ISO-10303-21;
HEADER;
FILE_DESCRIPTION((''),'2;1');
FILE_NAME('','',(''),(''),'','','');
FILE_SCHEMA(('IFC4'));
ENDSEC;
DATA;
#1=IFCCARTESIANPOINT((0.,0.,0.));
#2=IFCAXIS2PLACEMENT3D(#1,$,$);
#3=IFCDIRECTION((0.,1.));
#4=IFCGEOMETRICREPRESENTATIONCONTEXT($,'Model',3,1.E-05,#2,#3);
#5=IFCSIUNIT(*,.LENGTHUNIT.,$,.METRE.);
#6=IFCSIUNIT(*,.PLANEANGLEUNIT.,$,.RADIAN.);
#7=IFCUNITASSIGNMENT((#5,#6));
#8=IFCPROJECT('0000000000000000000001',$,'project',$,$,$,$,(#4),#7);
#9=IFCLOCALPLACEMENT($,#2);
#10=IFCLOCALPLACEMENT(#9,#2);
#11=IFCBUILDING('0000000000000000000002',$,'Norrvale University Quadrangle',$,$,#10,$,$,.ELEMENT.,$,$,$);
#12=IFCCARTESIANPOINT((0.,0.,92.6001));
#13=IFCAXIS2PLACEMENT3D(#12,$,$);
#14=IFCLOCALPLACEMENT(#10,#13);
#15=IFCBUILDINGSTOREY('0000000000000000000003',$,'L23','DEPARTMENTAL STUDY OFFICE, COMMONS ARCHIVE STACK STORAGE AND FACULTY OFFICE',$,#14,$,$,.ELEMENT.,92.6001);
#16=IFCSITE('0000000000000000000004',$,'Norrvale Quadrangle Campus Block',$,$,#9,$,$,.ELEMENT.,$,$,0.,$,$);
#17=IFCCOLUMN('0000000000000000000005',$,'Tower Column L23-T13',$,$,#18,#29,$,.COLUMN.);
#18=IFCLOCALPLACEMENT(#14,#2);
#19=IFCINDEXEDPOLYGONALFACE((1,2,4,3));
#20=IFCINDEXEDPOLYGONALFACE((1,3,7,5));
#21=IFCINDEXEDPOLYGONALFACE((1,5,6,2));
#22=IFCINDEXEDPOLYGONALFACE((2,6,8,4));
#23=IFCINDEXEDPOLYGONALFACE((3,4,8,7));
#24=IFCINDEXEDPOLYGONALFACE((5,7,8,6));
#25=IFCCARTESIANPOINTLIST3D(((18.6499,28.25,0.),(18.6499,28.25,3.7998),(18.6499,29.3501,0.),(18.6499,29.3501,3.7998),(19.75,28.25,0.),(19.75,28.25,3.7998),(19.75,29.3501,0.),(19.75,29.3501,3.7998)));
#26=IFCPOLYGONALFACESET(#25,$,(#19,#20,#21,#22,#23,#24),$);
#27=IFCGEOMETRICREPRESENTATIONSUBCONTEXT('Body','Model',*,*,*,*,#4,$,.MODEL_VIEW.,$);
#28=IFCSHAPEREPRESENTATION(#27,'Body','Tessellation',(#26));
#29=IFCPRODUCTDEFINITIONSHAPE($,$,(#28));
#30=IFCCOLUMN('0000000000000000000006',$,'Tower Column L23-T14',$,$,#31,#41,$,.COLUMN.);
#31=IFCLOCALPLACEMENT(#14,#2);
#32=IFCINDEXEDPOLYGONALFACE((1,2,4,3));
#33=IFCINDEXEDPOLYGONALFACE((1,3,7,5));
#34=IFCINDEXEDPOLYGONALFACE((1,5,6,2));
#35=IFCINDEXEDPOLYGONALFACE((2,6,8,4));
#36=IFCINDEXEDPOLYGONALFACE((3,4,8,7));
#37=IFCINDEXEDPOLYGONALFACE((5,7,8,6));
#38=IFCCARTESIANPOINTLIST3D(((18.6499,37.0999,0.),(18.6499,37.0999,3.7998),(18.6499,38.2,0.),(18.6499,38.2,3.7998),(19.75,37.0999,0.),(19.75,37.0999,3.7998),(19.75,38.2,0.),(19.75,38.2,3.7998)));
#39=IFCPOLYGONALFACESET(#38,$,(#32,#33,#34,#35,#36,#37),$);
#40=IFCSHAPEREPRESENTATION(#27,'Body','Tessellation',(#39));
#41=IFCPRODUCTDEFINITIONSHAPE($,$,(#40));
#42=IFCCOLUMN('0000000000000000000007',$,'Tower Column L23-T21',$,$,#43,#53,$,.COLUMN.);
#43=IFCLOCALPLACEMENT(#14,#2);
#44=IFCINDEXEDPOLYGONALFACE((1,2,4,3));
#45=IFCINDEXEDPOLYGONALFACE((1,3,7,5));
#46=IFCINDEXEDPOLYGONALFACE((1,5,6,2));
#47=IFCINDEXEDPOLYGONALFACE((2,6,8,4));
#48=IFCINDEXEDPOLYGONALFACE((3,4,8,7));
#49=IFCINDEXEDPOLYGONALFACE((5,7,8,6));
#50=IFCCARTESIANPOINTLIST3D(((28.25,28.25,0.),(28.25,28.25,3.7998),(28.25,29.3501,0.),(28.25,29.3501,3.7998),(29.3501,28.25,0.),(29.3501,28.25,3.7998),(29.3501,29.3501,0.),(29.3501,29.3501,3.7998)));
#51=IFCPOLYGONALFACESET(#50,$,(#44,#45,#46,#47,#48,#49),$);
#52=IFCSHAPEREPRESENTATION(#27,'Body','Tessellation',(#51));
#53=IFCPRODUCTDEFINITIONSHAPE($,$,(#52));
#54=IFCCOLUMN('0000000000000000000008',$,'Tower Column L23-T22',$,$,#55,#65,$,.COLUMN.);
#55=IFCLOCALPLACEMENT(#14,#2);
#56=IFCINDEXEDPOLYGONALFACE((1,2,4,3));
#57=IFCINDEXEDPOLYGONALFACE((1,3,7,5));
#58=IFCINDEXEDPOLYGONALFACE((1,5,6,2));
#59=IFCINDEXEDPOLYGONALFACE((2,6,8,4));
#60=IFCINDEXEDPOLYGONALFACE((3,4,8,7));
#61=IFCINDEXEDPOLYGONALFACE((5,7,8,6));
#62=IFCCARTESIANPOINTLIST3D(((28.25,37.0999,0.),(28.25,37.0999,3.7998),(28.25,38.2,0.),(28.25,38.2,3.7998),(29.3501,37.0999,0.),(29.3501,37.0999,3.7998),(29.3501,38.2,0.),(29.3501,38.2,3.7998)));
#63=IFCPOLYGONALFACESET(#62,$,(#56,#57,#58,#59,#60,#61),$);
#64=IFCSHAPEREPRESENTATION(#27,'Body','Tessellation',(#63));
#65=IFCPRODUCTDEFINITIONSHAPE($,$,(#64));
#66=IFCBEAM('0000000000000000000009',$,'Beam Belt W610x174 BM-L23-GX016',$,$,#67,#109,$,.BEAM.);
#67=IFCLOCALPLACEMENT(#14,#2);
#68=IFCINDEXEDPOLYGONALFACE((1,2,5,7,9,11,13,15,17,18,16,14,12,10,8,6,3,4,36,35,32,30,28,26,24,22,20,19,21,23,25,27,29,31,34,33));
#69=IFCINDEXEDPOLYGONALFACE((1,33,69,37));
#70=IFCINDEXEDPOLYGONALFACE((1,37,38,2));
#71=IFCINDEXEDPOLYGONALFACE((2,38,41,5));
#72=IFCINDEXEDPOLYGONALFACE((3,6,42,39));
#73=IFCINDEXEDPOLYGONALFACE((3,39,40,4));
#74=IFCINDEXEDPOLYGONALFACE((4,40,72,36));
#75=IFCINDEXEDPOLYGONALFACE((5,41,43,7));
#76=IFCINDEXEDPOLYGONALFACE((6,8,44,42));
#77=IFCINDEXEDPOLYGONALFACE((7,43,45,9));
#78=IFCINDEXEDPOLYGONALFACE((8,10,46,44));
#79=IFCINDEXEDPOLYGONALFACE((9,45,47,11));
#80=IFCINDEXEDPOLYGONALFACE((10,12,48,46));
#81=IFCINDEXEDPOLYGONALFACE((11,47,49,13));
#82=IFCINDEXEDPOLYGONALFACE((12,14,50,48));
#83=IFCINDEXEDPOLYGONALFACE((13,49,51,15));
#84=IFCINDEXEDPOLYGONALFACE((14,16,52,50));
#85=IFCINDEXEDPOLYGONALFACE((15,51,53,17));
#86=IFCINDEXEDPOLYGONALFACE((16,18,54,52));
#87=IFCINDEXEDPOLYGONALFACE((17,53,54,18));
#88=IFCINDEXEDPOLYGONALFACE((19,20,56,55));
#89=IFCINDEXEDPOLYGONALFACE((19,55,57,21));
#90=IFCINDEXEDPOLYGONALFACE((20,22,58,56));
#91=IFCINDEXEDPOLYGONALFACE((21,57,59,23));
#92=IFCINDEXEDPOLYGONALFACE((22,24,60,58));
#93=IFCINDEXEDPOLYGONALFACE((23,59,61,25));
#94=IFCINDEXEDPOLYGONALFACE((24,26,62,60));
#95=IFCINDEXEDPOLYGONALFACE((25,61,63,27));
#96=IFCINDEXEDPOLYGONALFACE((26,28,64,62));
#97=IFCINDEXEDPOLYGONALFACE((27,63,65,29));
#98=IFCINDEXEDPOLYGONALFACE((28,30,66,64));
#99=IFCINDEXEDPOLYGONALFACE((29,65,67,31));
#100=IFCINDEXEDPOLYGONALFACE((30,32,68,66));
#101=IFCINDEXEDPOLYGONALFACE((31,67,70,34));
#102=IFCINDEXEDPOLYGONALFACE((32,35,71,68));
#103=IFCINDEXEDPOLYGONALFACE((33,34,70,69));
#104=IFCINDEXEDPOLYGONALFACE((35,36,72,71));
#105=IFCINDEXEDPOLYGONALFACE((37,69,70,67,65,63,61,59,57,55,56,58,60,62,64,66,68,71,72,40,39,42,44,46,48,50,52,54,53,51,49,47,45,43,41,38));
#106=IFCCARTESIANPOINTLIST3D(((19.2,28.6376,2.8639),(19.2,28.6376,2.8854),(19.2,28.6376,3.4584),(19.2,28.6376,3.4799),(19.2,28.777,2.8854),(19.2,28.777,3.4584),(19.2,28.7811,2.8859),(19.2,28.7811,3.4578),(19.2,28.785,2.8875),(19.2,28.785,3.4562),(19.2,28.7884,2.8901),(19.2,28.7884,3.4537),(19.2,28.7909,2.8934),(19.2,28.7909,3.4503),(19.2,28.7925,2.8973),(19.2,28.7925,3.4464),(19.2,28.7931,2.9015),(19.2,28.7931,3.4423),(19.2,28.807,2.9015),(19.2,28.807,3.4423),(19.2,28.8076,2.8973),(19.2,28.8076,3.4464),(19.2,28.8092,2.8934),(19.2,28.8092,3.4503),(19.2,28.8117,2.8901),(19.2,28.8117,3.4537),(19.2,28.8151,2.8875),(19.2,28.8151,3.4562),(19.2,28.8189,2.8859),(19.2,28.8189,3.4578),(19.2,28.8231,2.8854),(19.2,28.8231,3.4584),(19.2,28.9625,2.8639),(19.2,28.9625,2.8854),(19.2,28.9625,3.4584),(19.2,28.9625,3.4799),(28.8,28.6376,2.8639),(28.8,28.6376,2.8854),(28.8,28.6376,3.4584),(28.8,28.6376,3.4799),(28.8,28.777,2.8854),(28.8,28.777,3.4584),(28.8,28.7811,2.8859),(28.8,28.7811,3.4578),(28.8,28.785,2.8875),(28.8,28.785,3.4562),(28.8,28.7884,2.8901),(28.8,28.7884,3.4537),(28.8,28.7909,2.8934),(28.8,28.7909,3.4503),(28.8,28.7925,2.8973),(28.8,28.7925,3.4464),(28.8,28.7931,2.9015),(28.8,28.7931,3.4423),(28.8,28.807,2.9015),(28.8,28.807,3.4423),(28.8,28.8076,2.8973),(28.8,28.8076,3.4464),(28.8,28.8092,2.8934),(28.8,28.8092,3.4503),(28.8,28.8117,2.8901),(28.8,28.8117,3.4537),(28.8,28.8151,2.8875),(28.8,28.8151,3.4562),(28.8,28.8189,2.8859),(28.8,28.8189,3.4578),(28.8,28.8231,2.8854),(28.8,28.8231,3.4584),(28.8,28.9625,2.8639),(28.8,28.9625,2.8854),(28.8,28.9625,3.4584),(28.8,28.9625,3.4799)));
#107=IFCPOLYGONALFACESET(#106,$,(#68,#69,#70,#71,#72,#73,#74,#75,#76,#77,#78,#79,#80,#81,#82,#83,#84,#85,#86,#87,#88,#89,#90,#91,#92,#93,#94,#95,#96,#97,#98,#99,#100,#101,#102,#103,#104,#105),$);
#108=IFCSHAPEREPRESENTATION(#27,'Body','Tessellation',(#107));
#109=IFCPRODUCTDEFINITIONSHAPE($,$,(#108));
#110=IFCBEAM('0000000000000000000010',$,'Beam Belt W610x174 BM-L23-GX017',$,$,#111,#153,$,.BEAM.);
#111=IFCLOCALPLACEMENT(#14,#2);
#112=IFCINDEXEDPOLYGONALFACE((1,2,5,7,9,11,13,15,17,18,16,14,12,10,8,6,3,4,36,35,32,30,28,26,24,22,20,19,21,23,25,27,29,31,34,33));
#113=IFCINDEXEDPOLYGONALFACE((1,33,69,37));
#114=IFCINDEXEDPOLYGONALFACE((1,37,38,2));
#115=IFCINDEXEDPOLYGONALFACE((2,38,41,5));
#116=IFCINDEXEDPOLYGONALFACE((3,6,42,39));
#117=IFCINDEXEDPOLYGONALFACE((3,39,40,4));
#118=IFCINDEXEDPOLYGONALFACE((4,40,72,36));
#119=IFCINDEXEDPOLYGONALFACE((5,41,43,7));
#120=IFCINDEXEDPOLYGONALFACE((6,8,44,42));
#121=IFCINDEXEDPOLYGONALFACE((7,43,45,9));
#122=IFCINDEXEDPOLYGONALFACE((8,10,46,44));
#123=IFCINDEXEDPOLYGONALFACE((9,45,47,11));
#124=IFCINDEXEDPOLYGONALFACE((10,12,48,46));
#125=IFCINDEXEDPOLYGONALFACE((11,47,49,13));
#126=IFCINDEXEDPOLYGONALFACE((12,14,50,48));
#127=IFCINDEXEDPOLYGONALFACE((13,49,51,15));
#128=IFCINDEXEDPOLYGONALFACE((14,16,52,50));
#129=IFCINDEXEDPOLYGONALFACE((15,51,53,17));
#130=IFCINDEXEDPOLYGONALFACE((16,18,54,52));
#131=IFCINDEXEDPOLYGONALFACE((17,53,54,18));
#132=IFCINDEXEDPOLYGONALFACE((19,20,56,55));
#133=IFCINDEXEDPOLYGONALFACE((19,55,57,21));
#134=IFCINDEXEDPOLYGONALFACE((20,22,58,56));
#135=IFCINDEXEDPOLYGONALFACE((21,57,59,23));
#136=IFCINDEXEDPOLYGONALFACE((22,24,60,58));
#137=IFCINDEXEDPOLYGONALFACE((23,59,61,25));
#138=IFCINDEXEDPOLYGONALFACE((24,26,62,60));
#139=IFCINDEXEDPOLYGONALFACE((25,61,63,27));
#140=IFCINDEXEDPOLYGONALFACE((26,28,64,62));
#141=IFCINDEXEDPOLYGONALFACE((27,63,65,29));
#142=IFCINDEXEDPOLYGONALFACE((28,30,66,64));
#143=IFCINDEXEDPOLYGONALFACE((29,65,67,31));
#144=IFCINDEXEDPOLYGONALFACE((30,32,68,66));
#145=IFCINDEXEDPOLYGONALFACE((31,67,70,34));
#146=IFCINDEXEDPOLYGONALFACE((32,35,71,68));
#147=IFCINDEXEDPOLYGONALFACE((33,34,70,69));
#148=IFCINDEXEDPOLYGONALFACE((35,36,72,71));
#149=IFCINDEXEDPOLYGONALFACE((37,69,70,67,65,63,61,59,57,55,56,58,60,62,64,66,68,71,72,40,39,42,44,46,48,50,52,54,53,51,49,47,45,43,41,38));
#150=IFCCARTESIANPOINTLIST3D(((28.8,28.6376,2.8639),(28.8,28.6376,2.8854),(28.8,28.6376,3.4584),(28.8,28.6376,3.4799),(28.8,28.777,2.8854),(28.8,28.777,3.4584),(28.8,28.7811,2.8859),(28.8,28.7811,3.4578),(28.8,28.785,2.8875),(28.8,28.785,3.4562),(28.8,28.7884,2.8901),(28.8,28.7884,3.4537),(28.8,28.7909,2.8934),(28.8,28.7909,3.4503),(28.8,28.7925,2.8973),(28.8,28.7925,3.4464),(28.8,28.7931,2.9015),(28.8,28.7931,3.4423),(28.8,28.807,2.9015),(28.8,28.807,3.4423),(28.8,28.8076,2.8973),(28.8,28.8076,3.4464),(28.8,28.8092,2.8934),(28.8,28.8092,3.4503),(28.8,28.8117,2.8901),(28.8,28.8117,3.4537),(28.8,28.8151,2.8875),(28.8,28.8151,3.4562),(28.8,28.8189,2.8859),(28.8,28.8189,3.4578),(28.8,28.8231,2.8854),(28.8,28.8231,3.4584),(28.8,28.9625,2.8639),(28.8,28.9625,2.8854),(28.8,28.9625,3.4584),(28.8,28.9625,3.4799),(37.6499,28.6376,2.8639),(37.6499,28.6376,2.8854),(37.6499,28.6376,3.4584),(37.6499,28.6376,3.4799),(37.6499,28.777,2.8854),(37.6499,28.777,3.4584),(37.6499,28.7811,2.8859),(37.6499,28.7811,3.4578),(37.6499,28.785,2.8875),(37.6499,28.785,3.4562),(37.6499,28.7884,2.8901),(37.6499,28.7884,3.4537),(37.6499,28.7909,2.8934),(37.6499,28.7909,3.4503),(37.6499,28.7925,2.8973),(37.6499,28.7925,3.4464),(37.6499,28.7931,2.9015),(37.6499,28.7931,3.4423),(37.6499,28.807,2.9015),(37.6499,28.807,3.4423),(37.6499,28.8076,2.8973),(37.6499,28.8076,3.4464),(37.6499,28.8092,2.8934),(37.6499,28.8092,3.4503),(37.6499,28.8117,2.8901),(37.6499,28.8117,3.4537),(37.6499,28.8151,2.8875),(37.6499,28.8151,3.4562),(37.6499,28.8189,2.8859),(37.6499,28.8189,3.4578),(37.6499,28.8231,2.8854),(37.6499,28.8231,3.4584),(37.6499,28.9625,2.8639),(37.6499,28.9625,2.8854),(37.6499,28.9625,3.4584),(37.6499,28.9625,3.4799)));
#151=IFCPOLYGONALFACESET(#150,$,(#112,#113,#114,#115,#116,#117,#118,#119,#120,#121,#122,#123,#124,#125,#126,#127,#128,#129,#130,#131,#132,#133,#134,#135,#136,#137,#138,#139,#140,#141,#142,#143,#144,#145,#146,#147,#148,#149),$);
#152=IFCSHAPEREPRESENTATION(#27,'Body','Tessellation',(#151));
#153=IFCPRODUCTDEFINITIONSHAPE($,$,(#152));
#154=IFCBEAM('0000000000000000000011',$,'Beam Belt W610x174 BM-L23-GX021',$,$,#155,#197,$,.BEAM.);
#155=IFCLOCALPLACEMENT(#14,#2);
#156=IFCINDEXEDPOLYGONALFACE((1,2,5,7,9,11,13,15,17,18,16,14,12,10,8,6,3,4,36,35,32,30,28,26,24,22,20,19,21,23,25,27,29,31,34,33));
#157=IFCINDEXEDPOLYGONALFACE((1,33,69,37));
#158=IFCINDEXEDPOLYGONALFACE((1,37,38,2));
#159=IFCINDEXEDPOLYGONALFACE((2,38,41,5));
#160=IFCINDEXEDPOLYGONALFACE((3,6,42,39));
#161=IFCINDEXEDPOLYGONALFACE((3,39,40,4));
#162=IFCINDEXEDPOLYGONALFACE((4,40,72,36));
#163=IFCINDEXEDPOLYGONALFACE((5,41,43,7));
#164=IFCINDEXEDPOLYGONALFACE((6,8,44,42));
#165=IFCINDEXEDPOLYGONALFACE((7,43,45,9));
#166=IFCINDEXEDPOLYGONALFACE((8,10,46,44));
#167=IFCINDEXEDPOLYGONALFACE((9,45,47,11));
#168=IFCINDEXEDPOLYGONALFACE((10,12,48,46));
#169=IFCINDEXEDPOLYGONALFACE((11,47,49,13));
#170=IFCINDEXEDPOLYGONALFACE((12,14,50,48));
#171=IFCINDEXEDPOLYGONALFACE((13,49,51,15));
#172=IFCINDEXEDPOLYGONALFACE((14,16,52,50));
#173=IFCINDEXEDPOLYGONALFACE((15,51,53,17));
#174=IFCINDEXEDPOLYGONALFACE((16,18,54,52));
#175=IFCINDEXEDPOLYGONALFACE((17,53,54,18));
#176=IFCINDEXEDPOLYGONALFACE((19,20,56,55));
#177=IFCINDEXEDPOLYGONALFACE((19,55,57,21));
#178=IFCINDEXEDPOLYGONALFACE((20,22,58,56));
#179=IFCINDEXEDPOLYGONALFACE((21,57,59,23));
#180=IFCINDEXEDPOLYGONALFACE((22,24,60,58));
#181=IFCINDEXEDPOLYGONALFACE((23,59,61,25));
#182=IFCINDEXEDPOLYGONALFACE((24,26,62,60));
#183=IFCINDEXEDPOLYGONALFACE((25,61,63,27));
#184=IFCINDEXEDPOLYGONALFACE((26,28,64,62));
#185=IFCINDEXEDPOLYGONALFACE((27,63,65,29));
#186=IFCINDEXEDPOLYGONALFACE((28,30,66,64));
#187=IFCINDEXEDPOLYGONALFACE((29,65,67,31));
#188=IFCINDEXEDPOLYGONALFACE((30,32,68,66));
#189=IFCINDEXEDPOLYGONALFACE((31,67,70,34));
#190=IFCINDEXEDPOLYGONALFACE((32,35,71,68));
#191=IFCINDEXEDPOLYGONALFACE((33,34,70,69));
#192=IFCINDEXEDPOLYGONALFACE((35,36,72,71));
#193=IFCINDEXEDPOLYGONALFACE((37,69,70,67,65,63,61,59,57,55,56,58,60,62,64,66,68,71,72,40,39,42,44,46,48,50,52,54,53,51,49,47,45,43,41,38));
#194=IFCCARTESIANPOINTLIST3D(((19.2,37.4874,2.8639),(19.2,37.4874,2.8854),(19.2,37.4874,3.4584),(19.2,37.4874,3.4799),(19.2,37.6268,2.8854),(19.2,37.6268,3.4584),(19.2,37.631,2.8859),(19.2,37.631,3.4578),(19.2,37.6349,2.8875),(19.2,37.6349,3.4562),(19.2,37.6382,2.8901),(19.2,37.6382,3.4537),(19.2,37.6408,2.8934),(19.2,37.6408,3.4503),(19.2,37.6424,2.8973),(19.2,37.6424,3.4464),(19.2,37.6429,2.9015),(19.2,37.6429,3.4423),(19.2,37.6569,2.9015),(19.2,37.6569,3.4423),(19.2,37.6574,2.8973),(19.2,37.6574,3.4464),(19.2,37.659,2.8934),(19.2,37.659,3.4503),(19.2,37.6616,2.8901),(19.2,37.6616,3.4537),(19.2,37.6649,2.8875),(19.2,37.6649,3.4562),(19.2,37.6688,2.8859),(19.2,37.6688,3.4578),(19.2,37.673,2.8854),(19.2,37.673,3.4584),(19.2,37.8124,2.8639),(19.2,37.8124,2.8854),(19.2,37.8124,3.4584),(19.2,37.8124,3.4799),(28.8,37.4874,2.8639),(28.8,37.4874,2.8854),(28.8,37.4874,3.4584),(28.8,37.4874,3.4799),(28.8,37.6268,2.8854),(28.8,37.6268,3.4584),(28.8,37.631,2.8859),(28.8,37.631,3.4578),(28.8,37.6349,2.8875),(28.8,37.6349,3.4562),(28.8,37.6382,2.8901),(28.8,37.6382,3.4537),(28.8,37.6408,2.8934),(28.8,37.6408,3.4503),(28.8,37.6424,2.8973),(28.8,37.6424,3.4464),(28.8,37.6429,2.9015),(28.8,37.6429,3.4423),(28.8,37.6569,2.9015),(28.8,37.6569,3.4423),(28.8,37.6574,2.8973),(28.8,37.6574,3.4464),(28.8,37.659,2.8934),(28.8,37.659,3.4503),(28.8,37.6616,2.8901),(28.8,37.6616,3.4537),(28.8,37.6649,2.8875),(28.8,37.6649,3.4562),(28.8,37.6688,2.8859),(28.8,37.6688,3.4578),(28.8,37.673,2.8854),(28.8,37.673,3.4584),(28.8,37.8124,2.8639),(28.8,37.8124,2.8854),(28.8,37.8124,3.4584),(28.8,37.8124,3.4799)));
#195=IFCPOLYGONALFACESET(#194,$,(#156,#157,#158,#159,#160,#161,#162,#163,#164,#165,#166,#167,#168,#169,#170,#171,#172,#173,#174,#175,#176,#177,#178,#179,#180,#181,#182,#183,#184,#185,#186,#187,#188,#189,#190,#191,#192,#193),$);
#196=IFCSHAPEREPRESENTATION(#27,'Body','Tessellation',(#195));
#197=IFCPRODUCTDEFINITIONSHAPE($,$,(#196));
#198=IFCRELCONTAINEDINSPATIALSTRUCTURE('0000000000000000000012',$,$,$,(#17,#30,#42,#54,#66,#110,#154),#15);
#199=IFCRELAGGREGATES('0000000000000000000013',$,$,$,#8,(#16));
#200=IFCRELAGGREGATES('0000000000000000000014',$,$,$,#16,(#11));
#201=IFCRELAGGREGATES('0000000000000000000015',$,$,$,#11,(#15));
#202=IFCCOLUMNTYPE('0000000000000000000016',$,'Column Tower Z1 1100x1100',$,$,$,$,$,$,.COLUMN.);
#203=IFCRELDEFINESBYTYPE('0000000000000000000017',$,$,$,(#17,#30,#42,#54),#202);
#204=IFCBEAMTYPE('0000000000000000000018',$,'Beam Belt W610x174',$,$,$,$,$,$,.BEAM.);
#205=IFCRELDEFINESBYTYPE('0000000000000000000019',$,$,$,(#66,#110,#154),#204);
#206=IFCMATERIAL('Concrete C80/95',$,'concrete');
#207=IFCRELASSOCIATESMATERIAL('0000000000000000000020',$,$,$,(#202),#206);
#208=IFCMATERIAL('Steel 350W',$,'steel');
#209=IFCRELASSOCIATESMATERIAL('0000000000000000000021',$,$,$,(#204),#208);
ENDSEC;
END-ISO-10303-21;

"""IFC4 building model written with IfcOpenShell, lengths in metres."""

from ifc_helpers import new_model, si_unit, direction, frame, origin, origin_2d, place, context, subcontext, project, spatial, rectangle, i_section, extrude, material, material_profile, profile_set, type_object, element, save


model = new_model("IFC4")

# Units and contexts
model_context = context("Model", 3, precision=1e-05, world=origin(), true_north=direction((0.0, 1.0)))
body_context = subcontext(model_context, "Body", "Model", "MODEL_VIEW")
ifc_project = project(units=[si_unit("LENGTHUNIT", "METRE"), si_unit("PLANEANGLEUNIT", "RADIAN")], contexts=[model_context])

# Site, building, storey
site_placement = place(None, origin())
site = spatial("IfcSite", under=ifc_project, at=site_placement, Name="Norrvale Quadrangle Campus Block", CompositionType="ELEMENT", RefElevation=0.0)
building_placement = place(site_placement, origin())
building = spatial("IfcBuilding", under=site, at=building_placement, Name="Norrvale University Quadrangle", CompositionType="ELEMENT")
storey_placement = place(building_placement, frame((0.0, 0.0, 92.6001)))
storey = spatial("IfcBuildingStorey", under=building, at=storey_placement, Name="L23", Description="DEPARTMENTAL STUDY OFFICE, COMMONS ARCHIVE STACK STORAGE AND FACULTY OFFICE", CompositionType="ELEMENT", Elevation=92.6001)

# Columns
ifc_material_1 = material(Name="Concrete C80/95", Category="concrete")
ifc_material_profile_1 = material_profile(ifc_material_1, rectangle(XDim=1.1001, YDim=1.1001, at=origin_2d()), Name="Concrete C80/95")
ifc_profile_set_1 = profile_set([ifc_material_profile_1], Name="Concrete C80/95")
column_type = type_object("IfcColumnType", Name="Column Tower Z1 1100x1100", PredefinedType="COLUMN", material=ifc_profile_set_1)
for number, where, z_axis, x_axis, name in (
    (1, (19.2, 28.8, 0.0), (0.0, 0.0, 1.0), (1.0, 0.0, 0.0), "Tower Column L23-T13"),
    (2, (19.2, 37.6499, 0.0), (0.0, 0.0, 1.0), (1.0, 0.0, 0.0), "Tower Column L23-T14"),
    (3, (28.8, 28.8, 0.0), (0.0, 0.0, 1.0), (1.0, 0.0, 0.0), "Tower Column L23-T21"),
    (4, (28.8, 37.6499, 0.0), (0.0, 0.0, 1.0), (1.0, 0.0, 0.0), "Tower Column L23-T22"),
):
    element("IfcColumn", number, at=place(storey_placement, frame(where, z_axis=z_axis, x_axis=x_axis)), inside=storey, type_object=column_type, Name=name, PredefinedType="COLUMN", context=body_context, shape_type="SweptSolid", body=[
        extrude(rectangle(XDim=1.1001, YDim=1.1001, at=origin_2d()), origin(), (0.0, 0.0, 1.0), 3.7998),
    ])

# Beams
ifc_material_2 = material(Name="Steel 350W", Category="steel")
ifc_material_profile_2 = material_profile(ifc_material_2, i_section(OverallWidth=0.325, OverallDepth=0.616, WebThickness=0.0139, FlangeThickness=0.0215, FilletRadius=0.0161, at=origin_2d()), Name="Steel 350W")
ifc_profile_set_2 = profile_set([ifc_material_profile_2], Name="Steel 350W")
beam_type_1 = type_object("IfcBeamType", Name="Beam Belt W610x174", PredefinedType="BEAM", material=ifc_profile_set_2)
beam_1_placement = place(storey_placement, frame((19.2, 28.8, 3.1719), z_axis=(1.0, 0.0, 0.0), x_axis=(0.0, 1.0, 0.0)))
element("IfcBeam", 5, at=beam_1_placement, inside=storey, type_object=beam_type_1, Name="Beam Belt W610x174 BM-L23-GX016", PredefinedType="BEAM", context=body_context, shape_type="SweptSolid", body=[
    extrude(i_section(OverallWidth=0.325, OverallDepth=0.616, WebThickness=0.0139, FlangeThickness=0.0215, FilletRadius=0.0161, at=origin_2d()), origin(), (0.0, 0.0, 1.0), 9.6001),
])
beam_2_placement = place(storey_placement, frame((28.8, 28.8, 3.1719), z_axis=(1.0, 0.0, 0.0), x_axis=(0.0, 1.0, 0.0)))
element("IfcBeam", 6, at=beam_2_placement, inside=storey, type_object=beam_type_1, Name="Beam Belt W610x174 BM-L23-GX017", PredefinedType="BEAM", context=body_context, shape_type="SweptSolid", body=[
    extrude(i_section(OverallWidth=0.325, OverallDepth=0.616, WebThickness=0.0139, FlangeThickness=0.0215, FilletRadius=0.0161, at=origin_2d()), origin(), (0.0, 0.0, 1.0), 8.8499),
])
beam_3_placement = place(storey_placement, frame((19.2, 37.6499, 3.1719), z_axis=(1.0, 0.0, 0.0), x_axis=(0.0, 1.0, 0.0)))
element("IfcBeam", 7, at=beam_3_placement, inside=storey, type_object=beam_type_1, Name="Beam Belt W610x174 BM-L23-GX021", PredefinedType="BEAM", context=body_context, shape_type="SweptSolid", body=[
    extrude(i_section(OverallWidth=0.325, OverallDepth=0.616, WebThickness=0.0139, FlangeThickness=0.0215, FilletRadius=0.0161, at=origin_2d()), origin(), (0.0, 0.0, 1.0), 9.6001),
])

save(model, "model.ifc")
